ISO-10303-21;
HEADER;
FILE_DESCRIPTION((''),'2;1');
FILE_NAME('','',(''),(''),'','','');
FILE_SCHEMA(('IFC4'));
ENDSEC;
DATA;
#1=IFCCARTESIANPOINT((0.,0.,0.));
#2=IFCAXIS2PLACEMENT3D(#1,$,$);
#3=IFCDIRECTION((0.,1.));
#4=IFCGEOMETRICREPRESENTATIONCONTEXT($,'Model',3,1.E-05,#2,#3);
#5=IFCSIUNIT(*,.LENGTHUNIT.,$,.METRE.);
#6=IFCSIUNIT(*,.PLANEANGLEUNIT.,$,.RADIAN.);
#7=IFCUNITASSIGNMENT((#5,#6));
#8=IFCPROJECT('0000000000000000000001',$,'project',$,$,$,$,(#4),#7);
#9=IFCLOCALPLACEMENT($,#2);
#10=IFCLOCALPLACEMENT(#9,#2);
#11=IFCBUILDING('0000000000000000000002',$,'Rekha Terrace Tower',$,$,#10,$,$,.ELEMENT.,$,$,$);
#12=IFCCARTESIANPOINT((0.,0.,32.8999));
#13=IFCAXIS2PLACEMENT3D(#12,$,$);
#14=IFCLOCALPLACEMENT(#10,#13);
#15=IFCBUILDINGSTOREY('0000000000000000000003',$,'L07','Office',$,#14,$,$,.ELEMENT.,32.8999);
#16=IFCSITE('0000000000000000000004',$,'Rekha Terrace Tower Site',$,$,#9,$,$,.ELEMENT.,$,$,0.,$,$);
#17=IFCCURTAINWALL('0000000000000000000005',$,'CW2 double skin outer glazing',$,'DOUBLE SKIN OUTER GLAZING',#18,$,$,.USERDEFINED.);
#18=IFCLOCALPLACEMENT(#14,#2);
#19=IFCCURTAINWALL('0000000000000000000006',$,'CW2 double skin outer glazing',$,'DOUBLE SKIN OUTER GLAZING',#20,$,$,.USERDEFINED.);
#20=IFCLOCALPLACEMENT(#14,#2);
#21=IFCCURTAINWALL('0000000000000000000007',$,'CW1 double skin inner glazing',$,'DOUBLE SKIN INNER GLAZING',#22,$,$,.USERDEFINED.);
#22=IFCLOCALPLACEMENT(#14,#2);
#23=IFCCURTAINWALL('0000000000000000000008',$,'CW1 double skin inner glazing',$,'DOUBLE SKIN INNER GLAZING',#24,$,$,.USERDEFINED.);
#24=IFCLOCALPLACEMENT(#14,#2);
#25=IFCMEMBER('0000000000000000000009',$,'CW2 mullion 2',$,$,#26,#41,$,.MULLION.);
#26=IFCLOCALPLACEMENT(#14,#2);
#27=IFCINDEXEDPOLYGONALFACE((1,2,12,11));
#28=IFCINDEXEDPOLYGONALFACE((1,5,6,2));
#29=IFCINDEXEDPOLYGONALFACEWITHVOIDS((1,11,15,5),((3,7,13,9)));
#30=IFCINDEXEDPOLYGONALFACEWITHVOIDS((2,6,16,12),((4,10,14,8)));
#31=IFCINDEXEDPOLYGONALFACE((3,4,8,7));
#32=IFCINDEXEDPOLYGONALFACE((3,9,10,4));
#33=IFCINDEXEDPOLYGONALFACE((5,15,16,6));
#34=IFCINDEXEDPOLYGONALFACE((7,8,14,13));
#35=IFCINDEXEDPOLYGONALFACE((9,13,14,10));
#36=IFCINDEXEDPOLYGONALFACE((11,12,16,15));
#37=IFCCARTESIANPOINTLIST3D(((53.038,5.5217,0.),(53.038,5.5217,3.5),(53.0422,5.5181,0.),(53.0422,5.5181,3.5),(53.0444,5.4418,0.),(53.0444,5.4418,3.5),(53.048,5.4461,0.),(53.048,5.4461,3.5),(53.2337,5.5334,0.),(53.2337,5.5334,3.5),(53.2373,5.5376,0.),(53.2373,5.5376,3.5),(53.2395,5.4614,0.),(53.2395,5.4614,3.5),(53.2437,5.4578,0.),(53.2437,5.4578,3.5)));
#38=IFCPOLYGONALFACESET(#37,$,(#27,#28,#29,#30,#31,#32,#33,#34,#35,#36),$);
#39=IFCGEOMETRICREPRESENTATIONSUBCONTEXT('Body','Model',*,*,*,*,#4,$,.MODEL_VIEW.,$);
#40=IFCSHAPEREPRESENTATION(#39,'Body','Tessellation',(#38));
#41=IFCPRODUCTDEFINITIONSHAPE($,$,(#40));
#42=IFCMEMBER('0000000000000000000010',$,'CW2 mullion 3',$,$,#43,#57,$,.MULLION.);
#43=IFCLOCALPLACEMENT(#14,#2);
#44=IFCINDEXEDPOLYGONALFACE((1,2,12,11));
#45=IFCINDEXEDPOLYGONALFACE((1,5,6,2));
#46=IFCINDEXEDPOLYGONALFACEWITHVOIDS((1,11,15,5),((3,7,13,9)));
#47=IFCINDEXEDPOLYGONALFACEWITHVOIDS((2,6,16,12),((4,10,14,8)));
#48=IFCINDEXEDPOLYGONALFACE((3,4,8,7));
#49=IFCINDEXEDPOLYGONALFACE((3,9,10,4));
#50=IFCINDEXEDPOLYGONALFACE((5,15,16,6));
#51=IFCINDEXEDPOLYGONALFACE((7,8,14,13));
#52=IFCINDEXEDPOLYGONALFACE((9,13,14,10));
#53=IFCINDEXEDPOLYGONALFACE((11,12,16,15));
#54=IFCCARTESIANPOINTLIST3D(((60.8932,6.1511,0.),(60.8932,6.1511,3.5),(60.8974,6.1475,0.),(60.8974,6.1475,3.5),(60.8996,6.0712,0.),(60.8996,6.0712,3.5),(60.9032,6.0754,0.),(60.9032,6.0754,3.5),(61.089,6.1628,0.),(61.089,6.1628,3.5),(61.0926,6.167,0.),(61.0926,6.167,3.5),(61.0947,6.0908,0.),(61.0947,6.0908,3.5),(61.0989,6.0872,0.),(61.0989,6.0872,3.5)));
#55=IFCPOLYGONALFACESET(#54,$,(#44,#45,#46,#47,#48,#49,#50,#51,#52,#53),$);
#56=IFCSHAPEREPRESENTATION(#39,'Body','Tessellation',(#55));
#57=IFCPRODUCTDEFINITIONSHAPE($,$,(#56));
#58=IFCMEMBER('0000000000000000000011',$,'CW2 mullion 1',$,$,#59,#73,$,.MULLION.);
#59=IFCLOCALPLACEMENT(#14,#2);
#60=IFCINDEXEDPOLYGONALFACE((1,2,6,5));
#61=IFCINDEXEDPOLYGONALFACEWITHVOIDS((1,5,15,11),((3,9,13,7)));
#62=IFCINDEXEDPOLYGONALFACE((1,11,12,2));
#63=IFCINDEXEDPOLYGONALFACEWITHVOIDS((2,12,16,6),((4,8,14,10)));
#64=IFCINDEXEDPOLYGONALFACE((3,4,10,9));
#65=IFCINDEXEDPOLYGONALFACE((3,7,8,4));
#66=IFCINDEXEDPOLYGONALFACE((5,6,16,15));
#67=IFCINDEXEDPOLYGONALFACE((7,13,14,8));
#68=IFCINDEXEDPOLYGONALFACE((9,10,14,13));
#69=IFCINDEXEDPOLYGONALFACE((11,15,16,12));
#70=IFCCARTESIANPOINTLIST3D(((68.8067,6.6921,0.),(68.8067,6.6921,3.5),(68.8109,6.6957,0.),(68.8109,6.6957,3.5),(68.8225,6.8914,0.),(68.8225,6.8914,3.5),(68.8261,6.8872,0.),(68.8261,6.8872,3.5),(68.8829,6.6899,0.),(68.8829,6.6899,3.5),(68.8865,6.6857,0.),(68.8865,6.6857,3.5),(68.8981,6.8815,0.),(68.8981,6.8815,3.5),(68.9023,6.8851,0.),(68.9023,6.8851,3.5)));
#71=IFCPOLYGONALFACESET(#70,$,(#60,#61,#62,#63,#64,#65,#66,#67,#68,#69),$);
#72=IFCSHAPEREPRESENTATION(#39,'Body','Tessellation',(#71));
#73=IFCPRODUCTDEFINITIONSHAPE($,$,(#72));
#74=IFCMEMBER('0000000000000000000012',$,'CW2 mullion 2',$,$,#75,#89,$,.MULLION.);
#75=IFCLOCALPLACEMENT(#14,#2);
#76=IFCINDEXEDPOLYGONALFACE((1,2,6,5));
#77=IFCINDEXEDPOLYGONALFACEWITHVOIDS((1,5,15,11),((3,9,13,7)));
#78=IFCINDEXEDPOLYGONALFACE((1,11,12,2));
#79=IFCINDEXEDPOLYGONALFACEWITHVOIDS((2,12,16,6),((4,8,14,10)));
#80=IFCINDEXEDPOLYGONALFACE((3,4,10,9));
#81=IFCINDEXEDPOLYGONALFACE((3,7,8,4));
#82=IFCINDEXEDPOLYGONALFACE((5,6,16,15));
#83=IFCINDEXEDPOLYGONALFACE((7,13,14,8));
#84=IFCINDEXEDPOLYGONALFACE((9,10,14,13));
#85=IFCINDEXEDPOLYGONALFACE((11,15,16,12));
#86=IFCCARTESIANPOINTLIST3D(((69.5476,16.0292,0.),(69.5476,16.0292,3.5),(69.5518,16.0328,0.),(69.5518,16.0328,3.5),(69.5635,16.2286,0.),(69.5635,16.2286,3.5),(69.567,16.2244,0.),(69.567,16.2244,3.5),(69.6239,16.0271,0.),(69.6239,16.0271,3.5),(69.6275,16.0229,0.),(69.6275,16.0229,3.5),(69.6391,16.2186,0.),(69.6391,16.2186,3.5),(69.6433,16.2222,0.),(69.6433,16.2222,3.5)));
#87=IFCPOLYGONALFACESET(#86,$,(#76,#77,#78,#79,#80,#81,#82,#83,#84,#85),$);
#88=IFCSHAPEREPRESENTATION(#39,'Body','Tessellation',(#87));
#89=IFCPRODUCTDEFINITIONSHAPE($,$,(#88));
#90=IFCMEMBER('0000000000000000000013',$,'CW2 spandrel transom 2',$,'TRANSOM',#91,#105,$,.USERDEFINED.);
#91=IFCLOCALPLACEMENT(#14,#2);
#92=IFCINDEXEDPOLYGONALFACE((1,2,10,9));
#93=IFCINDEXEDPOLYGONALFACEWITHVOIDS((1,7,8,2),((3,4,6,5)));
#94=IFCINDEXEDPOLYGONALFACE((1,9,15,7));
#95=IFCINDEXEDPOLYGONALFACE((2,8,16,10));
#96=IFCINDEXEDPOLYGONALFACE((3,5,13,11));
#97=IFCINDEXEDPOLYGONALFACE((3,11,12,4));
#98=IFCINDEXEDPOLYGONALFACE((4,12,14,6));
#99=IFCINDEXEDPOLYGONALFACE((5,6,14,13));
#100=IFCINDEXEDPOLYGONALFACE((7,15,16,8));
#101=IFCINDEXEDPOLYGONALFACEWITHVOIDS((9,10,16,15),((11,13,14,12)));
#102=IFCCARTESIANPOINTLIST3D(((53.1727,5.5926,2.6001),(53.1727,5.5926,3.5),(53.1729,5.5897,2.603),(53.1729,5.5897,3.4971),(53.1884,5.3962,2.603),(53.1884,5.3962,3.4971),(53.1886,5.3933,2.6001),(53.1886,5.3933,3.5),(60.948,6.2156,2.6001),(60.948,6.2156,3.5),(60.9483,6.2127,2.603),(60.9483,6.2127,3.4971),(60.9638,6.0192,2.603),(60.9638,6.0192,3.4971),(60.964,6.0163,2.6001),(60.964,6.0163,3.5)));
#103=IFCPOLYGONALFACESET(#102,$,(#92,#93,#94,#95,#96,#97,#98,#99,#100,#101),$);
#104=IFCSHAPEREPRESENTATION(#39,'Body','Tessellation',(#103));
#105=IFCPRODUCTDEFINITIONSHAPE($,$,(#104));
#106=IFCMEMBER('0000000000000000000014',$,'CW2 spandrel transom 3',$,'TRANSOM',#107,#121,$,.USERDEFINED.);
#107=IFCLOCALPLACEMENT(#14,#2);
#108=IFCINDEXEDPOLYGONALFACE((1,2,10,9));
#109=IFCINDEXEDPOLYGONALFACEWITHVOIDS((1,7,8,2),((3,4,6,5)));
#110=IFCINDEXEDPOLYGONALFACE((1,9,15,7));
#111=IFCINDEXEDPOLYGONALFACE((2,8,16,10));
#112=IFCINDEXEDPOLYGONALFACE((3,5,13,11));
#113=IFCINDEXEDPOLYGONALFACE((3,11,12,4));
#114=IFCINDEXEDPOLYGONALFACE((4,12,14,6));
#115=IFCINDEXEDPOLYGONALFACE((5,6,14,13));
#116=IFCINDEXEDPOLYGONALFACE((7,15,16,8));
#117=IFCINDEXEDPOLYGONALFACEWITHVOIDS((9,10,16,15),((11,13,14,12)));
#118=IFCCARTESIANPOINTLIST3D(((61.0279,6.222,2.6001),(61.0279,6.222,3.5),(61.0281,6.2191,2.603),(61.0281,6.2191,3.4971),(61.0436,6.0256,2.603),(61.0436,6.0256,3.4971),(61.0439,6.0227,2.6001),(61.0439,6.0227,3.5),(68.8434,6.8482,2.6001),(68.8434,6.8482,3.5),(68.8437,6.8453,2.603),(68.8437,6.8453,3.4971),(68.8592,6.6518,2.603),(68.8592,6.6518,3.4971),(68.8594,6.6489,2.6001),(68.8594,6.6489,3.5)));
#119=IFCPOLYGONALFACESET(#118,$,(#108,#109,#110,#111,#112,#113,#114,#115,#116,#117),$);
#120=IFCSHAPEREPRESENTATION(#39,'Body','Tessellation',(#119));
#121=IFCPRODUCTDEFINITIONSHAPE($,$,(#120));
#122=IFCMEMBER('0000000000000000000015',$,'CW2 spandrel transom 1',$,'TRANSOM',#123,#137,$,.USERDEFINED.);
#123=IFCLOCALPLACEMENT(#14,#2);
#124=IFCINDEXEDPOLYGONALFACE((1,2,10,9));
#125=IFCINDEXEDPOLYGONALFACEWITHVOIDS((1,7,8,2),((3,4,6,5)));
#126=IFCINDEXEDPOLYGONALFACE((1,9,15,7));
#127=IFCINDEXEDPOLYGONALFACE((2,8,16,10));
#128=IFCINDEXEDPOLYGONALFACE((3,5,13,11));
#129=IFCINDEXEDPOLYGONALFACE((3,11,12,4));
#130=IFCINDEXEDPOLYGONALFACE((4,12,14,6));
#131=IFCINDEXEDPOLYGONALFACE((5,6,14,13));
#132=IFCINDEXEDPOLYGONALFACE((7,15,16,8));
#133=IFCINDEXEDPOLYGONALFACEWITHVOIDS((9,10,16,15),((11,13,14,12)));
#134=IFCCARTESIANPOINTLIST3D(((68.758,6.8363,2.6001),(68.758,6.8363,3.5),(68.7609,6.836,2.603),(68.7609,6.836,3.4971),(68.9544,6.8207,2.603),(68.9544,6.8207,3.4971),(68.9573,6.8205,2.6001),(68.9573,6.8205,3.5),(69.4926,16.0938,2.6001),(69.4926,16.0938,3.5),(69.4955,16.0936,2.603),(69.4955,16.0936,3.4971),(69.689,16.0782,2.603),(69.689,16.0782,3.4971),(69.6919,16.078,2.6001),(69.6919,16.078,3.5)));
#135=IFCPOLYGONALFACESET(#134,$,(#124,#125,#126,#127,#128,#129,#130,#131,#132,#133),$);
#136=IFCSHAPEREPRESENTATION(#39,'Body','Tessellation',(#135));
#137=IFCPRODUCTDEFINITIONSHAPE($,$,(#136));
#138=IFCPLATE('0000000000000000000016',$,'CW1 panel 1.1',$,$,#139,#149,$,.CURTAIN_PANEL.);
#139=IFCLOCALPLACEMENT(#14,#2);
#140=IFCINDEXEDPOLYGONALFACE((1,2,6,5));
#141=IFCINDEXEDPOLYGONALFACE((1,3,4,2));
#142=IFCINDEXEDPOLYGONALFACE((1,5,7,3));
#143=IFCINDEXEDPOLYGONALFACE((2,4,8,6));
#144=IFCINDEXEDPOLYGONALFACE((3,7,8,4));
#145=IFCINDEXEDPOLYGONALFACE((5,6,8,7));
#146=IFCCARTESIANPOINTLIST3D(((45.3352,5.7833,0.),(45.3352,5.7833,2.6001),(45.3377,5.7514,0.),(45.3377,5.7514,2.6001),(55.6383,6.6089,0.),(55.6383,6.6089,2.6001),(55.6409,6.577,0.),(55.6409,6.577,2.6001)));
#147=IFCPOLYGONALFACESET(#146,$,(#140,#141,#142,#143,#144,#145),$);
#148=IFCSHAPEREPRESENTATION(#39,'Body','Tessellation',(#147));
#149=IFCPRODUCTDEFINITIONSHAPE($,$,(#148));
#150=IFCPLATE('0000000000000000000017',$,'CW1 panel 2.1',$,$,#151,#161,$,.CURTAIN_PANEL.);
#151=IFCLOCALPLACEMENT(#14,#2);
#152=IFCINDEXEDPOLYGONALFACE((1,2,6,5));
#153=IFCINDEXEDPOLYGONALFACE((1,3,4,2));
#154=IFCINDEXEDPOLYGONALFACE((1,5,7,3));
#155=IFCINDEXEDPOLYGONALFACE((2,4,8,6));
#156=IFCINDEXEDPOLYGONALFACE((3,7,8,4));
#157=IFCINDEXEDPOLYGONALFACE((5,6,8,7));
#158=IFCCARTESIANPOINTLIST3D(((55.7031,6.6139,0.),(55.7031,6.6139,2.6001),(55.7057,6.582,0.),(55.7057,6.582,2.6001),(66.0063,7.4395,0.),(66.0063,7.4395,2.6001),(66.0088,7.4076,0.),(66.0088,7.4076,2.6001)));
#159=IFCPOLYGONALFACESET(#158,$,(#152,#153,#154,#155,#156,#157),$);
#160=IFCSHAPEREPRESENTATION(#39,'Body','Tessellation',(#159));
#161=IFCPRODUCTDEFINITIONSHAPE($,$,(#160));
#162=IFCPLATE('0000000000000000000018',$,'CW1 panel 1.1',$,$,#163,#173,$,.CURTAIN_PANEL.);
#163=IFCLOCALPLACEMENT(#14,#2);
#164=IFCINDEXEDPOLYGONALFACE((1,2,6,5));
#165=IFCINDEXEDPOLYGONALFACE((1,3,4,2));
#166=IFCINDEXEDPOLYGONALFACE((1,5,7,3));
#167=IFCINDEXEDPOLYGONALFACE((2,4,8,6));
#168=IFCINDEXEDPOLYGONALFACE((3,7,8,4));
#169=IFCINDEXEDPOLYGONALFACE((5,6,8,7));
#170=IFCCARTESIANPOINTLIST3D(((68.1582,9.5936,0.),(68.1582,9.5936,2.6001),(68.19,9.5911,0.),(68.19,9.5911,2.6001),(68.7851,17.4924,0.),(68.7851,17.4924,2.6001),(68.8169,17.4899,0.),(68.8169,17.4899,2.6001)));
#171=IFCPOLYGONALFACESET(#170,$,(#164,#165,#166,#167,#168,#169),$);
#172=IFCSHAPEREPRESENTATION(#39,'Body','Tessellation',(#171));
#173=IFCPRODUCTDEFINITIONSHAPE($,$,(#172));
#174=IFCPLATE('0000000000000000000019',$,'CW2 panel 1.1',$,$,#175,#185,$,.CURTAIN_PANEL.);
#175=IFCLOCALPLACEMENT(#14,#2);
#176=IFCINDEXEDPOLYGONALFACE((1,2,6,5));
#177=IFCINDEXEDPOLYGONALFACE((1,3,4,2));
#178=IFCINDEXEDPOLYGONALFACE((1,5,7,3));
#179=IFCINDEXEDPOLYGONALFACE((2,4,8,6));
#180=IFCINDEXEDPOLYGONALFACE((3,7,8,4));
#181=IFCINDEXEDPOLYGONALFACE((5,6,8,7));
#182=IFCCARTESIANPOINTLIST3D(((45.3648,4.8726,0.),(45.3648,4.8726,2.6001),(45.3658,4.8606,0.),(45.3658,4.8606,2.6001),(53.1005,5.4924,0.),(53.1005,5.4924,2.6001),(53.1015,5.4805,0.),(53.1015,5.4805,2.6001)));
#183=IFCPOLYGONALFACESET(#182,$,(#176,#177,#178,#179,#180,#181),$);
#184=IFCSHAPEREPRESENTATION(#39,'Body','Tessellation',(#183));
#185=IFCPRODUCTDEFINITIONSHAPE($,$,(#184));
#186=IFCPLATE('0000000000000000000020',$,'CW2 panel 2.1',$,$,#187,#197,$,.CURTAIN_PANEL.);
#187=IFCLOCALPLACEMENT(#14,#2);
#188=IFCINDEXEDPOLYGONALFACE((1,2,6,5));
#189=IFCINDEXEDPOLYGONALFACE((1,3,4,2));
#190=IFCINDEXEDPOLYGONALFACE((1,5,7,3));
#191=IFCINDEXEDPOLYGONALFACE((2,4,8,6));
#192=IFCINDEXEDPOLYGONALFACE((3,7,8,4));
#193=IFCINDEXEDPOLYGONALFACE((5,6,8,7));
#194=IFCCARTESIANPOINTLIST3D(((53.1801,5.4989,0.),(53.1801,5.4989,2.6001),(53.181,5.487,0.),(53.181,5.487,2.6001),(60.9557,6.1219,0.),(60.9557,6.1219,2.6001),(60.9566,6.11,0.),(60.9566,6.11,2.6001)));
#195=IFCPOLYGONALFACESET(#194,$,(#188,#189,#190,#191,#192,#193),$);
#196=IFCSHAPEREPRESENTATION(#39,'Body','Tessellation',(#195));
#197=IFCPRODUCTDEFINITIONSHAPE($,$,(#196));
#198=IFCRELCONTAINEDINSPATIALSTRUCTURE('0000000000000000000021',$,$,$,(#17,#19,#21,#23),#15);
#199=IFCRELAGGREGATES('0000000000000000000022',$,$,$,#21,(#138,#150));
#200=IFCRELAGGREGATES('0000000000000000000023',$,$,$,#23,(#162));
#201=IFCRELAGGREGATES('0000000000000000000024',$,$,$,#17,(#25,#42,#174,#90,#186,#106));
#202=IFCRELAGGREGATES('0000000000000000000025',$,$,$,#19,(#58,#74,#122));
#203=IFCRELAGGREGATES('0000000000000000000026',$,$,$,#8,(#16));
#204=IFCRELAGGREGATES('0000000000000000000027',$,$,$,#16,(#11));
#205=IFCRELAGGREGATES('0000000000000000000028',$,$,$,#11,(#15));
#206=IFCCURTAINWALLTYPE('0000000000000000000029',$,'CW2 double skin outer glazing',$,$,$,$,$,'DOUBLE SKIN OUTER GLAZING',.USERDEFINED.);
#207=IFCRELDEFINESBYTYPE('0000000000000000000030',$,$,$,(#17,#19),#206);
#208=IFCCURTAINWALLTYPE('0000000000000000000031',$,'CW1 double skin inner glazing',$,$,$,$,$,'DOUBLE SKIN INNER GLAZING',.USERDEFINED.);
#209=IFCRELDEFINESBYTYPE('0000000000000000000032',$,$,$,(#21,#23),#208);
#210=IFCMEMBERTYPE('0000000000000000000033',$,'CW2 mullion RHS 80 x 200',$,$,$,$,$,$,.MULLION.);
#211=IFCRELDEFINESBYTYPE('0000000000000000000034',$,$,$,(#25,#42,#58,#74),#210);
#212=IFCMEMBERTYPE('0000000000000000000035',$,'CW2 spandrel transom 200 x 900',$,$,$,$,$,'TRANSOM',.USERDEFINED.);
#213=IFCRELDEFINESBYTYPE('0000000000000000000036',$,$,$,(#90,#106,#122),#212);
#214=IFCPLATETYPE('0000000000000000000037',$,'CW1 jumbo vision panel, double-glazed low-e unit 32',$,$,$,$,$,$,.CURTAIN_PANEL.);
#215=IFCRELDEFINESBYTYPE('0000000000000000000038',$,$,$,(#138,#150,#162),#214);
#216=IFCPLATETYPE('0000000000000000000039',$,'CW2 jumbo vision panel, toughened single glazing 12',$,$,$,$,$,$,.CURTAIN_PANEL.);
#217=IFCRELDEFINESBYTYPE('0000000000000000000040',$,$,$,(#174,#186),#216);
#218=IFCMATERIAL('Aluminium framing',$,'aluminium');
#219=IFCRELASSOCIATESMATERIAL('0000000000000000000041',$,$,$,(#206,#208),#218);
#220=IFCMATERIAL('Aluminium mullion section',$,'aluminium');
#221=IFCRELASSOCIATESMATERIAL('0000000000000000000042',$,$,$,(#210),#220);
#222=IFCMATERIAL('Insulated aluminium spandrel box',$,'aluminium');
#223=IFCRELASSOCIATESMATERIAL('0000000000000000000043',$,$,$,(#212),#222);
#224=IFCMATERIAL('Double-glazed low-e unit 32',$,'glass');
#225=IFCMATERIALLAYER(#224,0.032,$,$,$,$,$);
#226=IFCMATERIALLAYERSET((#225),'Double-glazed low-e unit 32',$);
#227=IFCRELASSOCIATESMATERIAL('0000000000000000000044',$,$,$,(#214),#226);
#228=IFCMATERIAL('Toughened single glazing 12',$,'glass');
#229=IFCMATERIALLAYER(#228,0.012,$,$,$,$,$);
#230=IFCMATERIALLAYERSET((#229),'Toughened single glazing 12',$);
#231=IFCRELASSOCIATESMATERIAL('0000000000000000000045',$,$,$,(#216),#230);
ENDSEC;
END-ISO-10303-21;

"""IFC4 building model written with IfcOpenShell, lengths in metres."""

from ifc_helpers import new_model, si_unit, direction, frame, origin, origin_2d, place, context, subcontext, project, spatial, rectangle, hollow_rectangle, extrude, material, layer, layer_set, material_profile, profile_set, type_object, element, aggregate, save


model = new_model("IFC4")

# Units and contexts
model_context = context("Model", 3, precision=1e-05, world=origin(), true_north=direction((0.0, 1.0)))
body_context = subcontext(model_context, "Body", "Model", "MODEL_VIEW")
ifc_project = project(units=[si_unit("LENGTHUNIT", "METRE"), si_unit("PLANEANGLEUNIT", "RADIAN")], contexts=[model_context])

# Site, building, storey
site_placement = place(None, origin())
site = spatial("IfcSite", under=ifc_project, at=site_placement, Name="Rekha Terrace Tower Site", CompositionType="ELEMENT", RefElevation=0.0)
building_placement = place(site_placement, origin())
building = spatial("IfcBuilding", under=site, at=building_placement, Name="Rekha Terrace Tower", CompositionType="ELEMENT")
storey_placement = place(building_placement, frame((0.0, 0.0, 32.8999)))
storey = spatial("IfcBuildingStorey", under=building, at=storey_placement, Name="L07", Description="Office", CompositionType="ELEMENT", Elevation=32.8999)

# Curtain wall
ifc_material_1 = material(Name="Aluminium framing", Category="aluminium")
curtain_wall_type_1 = type_object("IfcCurtainWallType", Name="CW2 double skin outer glazing", ElementType="DOUBLE SKIN OUTER GLAZING", PredefinedType="USERDEFINED", material=ifc_material_1)
curtain_wall_1_placement = place(storey_placement, origin())
curtain_wall_1 = element("IfcCurtainWall", 1, at=curtain_wall_1_placement, inside=storey, type_object=curtain_wall_type_1, Name="CW2 double skin outer glazing", ObjectType="DOUBLE SKIN OUTER GLAZING", PredefinedType="USERDEFINED")

# Curtain wall
curtain_wall_2_placement = place(storey_placement, origin())
curtain_wall_2 = element("IfcCurtainWall", 2, at=curtain_wall_2_placement, inside=storey, type_object=curtain_wall_type_1, Name="CW2 double skin outer glazing", ObjectType="DOUBLE SKIN OUTER GLAZING", PredefinedType="USERDEFINED")

# Curtain wall
curtain_wall_type_2 = type_object("IfcCurtainWallType", Name="CW1 double skin inner glazing", ElementType="DOUBLE SKIN INNER GLAZING", PredefinedType="USERDEFINED", material=ifc_material_1)
curtain_wall_3_placement = place(storey_placement, origin())
curtain_wall_3 = element("IfcCurtainWall", 3, at=curtain_wall_3_placement, inside=storey, type_object=curtain_wall_type_2, Name="CW1 double skin inner glazing", ObjectType="DOUBLE SKIN INNER GLAZING", PredefinedType="USERDEFINED")
ifc_material_2 = material(Name="Aluminium mullion section", Category="aluminium")

# Curtain wall
curtain_wall_4_placement = place(storey_placement, origin())
curtain_wall_4 = element("IfcCurtainWall", 4, at=curtain_wall_4_placement, inside=storey, type_object=curtain_wall_type_2, Name="CW1 double skin inner glazing", ObjectType="DOUBLE SKIN INNER GLAZING", PredefinedType="USERDEFINED")

# Members
ifc_material_3 = material(Name="Insulated aluminium spandrel box", Category="aluminium")
ifc_material_profile_1 = material_profile(ifc_material_2, hollow_rectangle(XDim=0.0801, YDim=0.2, WallThickness=0.0039, at=origin_2d()), Name="AL RHS 80x200")
ifc_profile_set_1 = profile_set([ifc_material_profile_1], Name="Aluminium mullion section")
member_type_1 = type_object("IfcMemberType", Name="CW2 mullion RHS 80 x 200", PredefinedType="MULLION", material=ifc_profile_set_1)
member_1_placement = place(storey_placement, frame((53.1409, 5.4897, 0.0), z_axis=(0.0, 0.0, 1.0), x_axis=(-0.079872, 0.996805, 0.0)))
member_1 = element("IfcMember", 5, at=member_1_placement, type_object=member_type_1, Name="CW2 mullion 2", PredefinedType="MULLION", context=body_context, shape_type="SweptSolid", body=[
    extrude(hollow_rectangle(XDim=0.0801, YDim=0.2, WallThickness=0.0039, at=origin_2d()), origin(), (0.0, 0.0, 1.0), 3.5),
])
member_2_placement = place(storey_placement, frame((60.9961, 6.1191, 0.0), z_axis=(0.0, 0.0, 1.0), x_axis=(-0.079872, 0.996805, 0.0)))
member_2 = element("IfcMember", 6, at=member_2_placement, type_object=member_type_1, Name="CW2 mullion 3", PredefinedType="MULLION", context=body_context, shape_type="SweptSolid", body=[
    extrude(hollow_rectangle(XDim=0.0801, YDim=0.2, WallThickness=0.0039, at=origin_2d()), origin(), (0.0, 0.0, 1.0), 3.5),
])
member_3_placement = place(storey_placement, frame((68.8545, 6.7886, 0.0), z_axis=(0.0, 0.0, 1.0), x_axis=(-0.996865, 0.079116, 0.0)))
member_3 = element("IfcMember", 7, at=member_3_placement, type_object=member_type_1, Name="CW2 mullion 1", PredefinedType="MULLION", context=body_context, shape_type="SweptSolid", body=[
    extrude(hollow_rectangle(XDim=0.0801, YDim=0.2, WallThickness=0.0039, at=origin_2d()), origin(), (0.0, 0.0, 1.0), 3.5),
])
member_4_placement = place(storey_placement, frame((69.5955, 16.1257, 0.0), z_axis=(0.0, 0.0, 1.0), x_axis=(-0.996865, 0.079116, 0.0)))
member_4 = element("IfcMember", 8, at=member_4_placement, type_object=member_type_1, Name="CW2 mullion 2", PredefinedType="MULLION", context=body_context, shape_type="SweptSolid", body=[
    extrude(hollow_rectangle(XDim=0.0801, YDim=0.2, WallThickness=0.0039, at=origin_2d()), origin(), (0.0, 0.0, 1.0), 3.5),
])
ifc_material_profile_2 = material_profile(ifc_material_3, hollow_rectangle(XDim=0.2, YDim=0.8999, WallThickness=0.0029, at=origin_2d()), Name="AL SPANDREL BOX 200x900")
ifc_profile_set_2 = profile_set([ifc_material_profile_2], Name="Insulated aluminium spandrel box")
member_type_2 = type_object("IfcMemberType", Name="CW2 spandrel transom 200 x 900", ElementType="TRANSOM", PredefinedType="USERDEFINED", material=ifc_profile_set_2)
member_5_placement = place(storey_placement, frame((53.1807, 5.4929, 3.05), z_axis=(0.996805, 0.079875, 0.0), x_axis=(-0.079875, 0.996805, 0.0)))
member_5 = element("IfcMember", 9, at=member_5_placement, type_object=member_type_2, Name="CW2 spandrel transom 2", ObjectType="TRANSOM", PredefinedType="USERDEFINED", context=body_context, shape_type="SweptSolid", body=[
    extrude(hollow_rectangle(XDim=0.2, YDim=0.8999, WallThickness=0.0029, at=origin_2d()), origin(), (0.0, 0.0, 1.0), 7.8003),
])
member_6_placement = place(storey_placement, frame((61.0359, 6.1223, 3.05), z_axis=(0.996805, 0.07987, 0.0), x_axis=(-0.07987, 0.996805, 0.0)))
member_6 = element("IfcMember", 10, at=member_6_placement, type_object=member_type_2, Name="CW2 spandrel transom 3", ObjectType="TRANSOM", PredefinedType="USERDEFINED", context=body_context, shape_type="SweptSolid", body=[
    extrude(hollow_rectangle(XDim=0.2, YDim=0.8999, WallThickness=0.0029, at=origin_2d()), origin(), (0.0, 0.0, 1.0), 7.8406),
])
member_7_placement = place(storey_placement, frame((68.8577, 6.8284, 3.05), z_axis=(0.079105, 0.996866, 0.0), x_axis=(-0.996866, 0.079105, 0.0)))
member_7 = element("IfcMember", 11, at=member_7_placement, type_object=member_type_2, Name="CW2 spandrel transom 1", ObjectType="TRANSOM", PredefinedType="USERDEFINED", context=body_context, shape_type="SweptSolid", body=[
    extrude(hollow_rectangle(XDim=0.2, YDim=0.8999, WallThickness=0.0029, at=origin_2d()), origin(), (0.0, 0.0, 1.0), 9.2866),
])

# Plates
ifc_material_4 = material(Name="Double-glazed low-e unit 32", Category="glass")
ifc_layer_1 = layer(ifc_material_4, 0.032)
ifc_layer_set_1 = layer_set([ifc_layer_1], Name="Double-glazed low-e unit 32")
plate_type_1 = type_object("IfcPlateType", Name="CW1 jumbo vision panel, double-glazed low-e unit 32", PredefinedType="CURTAIN_PANEL", material=ifc_layer_set_1)
plate_1_placement = place(storey_placement, frame((50.488, 6.1802, 0.0), z_axis=(0.0, 0.0, 1.0), x_axis=(0.996805, 0.079872, 0.0)))
plate_1 = element("IfcPlate", 12, at=plate_1_placement, type_object=plate_type_1, Name="CW1 panel 1.1", PredefinedType="CURTAIN_PANEL", context=body_context, shape_type="SweptSolid", body=[
    extrude(rectangle(XDim=10.3362, YDim=0.032, at=origin_2d()), origin(), (0.0, 0.0, 1.0), 2.6001),
])
plate_2_placement = place(storey_placement, frame((60.856, 7.0107, 0.0), z_axis=(0.0, 0.0, 1.0), x_axis=(0.996805, 0.079872, 0.0)))
plate_2 = element("IfcPlate", 13, at=plate_2_placement, type_object=plate_type_1, Name="CW1 panel 2.1", PredefinedType="CURTAIN_PANEL", context=body_context, shape_type="SweptSolid", body=[
    extrude(rectangle(XDim=10.3362, YDim=0.032, at=origin_2d()), origin(), (0.0, 0.0, 1.0), 2.6001),
])
aggregate(curtain_wall_3, [plate_1, plate_2])
plate_3_placement = place(storey_placement, frame((68.4875, 13.5417, 0.0), z_axis=(0.0, 0.0, 1.0), x_axis=(0.079116, 0.996865, 0.0)))
plate_3 = element("IfcPlate", 14, at=plate_3_placement, type_object=plate_type_1, Name="CW1 panel 1.1", PredefinedType="CURTAIN_PANEL", context=body_context, shape_type="SweptSolid", body=[
    extrude(rectangle(XDim=7.9236, YDim=0.032, at=origin_2d()), origin(), (0.0, 0.0, 1.0), 2.6001),
])
aggregate(curtain_wall_4, [plate_3])
ifc_material_5 = material(Name="Toughened single glazing 12", Category="glass")
ifc_layer_2 = layer(ifc_material_5, 0.012)
ifc_layer_set_2 = layer_set([ifc_layer_2], Name="Toughened single glazing 12")
plate_type_2 = type_object("IfcPlateType", Name="CW2 jumbo vision panel, toughened single glazing 12", PredefinedType="CURTAIN_PANEL", material=ifc_layer_set_2)
plate_4_placement = place(storey_placement, frame((49.2332, 5.1765, 0.0), z_axis=(0.0, 0.0, 1.0), x_axis=(0.996805, 0.079872, 0.0)))
plate_4 = element("IfcPlate", 15, at=plate_4_placement, type_object=plate_type_2, Name="CW2 panel 1.1", PredefinedType="CURTAIN_PANEL", context=body_context, shape_type="SweptSolid", body=[
    extrude(rectangle(XDim=7.7605, YDim=0.012, at=origin_2d()), origin(), (0.0, 0.0, 1.0), 2.6001),
])
plate_5_placement = place(storey_placement, frame((57.0684, 5.8044, 0.0), z_axis=(0.0, 0.0, 1.0), x_axis=(0.996805, 0.079872, 0.0)))
plate_5 = element("IfcPlate", 16, at=plate_5_placement, type_object=plate_type_2, Name="CW2 panel 2.1", PredefinedType="CURTAIN_PANEL", context=body_context, shape_type="SweptSolid", body=[
    extrude(rectangle(XDim=7.8005, YDim=0.012, at=origin_2d()), origin(), (0.0, 0.0, 1.0), 2.6001),
])
aggregate(curtain_wall_1, [member_1, member_2, plate_4, member_5, plate_5, member_6])
aggregate(curtain_wall_2, [member_3, member_4, member_7])

save(model, "model.ifc")
